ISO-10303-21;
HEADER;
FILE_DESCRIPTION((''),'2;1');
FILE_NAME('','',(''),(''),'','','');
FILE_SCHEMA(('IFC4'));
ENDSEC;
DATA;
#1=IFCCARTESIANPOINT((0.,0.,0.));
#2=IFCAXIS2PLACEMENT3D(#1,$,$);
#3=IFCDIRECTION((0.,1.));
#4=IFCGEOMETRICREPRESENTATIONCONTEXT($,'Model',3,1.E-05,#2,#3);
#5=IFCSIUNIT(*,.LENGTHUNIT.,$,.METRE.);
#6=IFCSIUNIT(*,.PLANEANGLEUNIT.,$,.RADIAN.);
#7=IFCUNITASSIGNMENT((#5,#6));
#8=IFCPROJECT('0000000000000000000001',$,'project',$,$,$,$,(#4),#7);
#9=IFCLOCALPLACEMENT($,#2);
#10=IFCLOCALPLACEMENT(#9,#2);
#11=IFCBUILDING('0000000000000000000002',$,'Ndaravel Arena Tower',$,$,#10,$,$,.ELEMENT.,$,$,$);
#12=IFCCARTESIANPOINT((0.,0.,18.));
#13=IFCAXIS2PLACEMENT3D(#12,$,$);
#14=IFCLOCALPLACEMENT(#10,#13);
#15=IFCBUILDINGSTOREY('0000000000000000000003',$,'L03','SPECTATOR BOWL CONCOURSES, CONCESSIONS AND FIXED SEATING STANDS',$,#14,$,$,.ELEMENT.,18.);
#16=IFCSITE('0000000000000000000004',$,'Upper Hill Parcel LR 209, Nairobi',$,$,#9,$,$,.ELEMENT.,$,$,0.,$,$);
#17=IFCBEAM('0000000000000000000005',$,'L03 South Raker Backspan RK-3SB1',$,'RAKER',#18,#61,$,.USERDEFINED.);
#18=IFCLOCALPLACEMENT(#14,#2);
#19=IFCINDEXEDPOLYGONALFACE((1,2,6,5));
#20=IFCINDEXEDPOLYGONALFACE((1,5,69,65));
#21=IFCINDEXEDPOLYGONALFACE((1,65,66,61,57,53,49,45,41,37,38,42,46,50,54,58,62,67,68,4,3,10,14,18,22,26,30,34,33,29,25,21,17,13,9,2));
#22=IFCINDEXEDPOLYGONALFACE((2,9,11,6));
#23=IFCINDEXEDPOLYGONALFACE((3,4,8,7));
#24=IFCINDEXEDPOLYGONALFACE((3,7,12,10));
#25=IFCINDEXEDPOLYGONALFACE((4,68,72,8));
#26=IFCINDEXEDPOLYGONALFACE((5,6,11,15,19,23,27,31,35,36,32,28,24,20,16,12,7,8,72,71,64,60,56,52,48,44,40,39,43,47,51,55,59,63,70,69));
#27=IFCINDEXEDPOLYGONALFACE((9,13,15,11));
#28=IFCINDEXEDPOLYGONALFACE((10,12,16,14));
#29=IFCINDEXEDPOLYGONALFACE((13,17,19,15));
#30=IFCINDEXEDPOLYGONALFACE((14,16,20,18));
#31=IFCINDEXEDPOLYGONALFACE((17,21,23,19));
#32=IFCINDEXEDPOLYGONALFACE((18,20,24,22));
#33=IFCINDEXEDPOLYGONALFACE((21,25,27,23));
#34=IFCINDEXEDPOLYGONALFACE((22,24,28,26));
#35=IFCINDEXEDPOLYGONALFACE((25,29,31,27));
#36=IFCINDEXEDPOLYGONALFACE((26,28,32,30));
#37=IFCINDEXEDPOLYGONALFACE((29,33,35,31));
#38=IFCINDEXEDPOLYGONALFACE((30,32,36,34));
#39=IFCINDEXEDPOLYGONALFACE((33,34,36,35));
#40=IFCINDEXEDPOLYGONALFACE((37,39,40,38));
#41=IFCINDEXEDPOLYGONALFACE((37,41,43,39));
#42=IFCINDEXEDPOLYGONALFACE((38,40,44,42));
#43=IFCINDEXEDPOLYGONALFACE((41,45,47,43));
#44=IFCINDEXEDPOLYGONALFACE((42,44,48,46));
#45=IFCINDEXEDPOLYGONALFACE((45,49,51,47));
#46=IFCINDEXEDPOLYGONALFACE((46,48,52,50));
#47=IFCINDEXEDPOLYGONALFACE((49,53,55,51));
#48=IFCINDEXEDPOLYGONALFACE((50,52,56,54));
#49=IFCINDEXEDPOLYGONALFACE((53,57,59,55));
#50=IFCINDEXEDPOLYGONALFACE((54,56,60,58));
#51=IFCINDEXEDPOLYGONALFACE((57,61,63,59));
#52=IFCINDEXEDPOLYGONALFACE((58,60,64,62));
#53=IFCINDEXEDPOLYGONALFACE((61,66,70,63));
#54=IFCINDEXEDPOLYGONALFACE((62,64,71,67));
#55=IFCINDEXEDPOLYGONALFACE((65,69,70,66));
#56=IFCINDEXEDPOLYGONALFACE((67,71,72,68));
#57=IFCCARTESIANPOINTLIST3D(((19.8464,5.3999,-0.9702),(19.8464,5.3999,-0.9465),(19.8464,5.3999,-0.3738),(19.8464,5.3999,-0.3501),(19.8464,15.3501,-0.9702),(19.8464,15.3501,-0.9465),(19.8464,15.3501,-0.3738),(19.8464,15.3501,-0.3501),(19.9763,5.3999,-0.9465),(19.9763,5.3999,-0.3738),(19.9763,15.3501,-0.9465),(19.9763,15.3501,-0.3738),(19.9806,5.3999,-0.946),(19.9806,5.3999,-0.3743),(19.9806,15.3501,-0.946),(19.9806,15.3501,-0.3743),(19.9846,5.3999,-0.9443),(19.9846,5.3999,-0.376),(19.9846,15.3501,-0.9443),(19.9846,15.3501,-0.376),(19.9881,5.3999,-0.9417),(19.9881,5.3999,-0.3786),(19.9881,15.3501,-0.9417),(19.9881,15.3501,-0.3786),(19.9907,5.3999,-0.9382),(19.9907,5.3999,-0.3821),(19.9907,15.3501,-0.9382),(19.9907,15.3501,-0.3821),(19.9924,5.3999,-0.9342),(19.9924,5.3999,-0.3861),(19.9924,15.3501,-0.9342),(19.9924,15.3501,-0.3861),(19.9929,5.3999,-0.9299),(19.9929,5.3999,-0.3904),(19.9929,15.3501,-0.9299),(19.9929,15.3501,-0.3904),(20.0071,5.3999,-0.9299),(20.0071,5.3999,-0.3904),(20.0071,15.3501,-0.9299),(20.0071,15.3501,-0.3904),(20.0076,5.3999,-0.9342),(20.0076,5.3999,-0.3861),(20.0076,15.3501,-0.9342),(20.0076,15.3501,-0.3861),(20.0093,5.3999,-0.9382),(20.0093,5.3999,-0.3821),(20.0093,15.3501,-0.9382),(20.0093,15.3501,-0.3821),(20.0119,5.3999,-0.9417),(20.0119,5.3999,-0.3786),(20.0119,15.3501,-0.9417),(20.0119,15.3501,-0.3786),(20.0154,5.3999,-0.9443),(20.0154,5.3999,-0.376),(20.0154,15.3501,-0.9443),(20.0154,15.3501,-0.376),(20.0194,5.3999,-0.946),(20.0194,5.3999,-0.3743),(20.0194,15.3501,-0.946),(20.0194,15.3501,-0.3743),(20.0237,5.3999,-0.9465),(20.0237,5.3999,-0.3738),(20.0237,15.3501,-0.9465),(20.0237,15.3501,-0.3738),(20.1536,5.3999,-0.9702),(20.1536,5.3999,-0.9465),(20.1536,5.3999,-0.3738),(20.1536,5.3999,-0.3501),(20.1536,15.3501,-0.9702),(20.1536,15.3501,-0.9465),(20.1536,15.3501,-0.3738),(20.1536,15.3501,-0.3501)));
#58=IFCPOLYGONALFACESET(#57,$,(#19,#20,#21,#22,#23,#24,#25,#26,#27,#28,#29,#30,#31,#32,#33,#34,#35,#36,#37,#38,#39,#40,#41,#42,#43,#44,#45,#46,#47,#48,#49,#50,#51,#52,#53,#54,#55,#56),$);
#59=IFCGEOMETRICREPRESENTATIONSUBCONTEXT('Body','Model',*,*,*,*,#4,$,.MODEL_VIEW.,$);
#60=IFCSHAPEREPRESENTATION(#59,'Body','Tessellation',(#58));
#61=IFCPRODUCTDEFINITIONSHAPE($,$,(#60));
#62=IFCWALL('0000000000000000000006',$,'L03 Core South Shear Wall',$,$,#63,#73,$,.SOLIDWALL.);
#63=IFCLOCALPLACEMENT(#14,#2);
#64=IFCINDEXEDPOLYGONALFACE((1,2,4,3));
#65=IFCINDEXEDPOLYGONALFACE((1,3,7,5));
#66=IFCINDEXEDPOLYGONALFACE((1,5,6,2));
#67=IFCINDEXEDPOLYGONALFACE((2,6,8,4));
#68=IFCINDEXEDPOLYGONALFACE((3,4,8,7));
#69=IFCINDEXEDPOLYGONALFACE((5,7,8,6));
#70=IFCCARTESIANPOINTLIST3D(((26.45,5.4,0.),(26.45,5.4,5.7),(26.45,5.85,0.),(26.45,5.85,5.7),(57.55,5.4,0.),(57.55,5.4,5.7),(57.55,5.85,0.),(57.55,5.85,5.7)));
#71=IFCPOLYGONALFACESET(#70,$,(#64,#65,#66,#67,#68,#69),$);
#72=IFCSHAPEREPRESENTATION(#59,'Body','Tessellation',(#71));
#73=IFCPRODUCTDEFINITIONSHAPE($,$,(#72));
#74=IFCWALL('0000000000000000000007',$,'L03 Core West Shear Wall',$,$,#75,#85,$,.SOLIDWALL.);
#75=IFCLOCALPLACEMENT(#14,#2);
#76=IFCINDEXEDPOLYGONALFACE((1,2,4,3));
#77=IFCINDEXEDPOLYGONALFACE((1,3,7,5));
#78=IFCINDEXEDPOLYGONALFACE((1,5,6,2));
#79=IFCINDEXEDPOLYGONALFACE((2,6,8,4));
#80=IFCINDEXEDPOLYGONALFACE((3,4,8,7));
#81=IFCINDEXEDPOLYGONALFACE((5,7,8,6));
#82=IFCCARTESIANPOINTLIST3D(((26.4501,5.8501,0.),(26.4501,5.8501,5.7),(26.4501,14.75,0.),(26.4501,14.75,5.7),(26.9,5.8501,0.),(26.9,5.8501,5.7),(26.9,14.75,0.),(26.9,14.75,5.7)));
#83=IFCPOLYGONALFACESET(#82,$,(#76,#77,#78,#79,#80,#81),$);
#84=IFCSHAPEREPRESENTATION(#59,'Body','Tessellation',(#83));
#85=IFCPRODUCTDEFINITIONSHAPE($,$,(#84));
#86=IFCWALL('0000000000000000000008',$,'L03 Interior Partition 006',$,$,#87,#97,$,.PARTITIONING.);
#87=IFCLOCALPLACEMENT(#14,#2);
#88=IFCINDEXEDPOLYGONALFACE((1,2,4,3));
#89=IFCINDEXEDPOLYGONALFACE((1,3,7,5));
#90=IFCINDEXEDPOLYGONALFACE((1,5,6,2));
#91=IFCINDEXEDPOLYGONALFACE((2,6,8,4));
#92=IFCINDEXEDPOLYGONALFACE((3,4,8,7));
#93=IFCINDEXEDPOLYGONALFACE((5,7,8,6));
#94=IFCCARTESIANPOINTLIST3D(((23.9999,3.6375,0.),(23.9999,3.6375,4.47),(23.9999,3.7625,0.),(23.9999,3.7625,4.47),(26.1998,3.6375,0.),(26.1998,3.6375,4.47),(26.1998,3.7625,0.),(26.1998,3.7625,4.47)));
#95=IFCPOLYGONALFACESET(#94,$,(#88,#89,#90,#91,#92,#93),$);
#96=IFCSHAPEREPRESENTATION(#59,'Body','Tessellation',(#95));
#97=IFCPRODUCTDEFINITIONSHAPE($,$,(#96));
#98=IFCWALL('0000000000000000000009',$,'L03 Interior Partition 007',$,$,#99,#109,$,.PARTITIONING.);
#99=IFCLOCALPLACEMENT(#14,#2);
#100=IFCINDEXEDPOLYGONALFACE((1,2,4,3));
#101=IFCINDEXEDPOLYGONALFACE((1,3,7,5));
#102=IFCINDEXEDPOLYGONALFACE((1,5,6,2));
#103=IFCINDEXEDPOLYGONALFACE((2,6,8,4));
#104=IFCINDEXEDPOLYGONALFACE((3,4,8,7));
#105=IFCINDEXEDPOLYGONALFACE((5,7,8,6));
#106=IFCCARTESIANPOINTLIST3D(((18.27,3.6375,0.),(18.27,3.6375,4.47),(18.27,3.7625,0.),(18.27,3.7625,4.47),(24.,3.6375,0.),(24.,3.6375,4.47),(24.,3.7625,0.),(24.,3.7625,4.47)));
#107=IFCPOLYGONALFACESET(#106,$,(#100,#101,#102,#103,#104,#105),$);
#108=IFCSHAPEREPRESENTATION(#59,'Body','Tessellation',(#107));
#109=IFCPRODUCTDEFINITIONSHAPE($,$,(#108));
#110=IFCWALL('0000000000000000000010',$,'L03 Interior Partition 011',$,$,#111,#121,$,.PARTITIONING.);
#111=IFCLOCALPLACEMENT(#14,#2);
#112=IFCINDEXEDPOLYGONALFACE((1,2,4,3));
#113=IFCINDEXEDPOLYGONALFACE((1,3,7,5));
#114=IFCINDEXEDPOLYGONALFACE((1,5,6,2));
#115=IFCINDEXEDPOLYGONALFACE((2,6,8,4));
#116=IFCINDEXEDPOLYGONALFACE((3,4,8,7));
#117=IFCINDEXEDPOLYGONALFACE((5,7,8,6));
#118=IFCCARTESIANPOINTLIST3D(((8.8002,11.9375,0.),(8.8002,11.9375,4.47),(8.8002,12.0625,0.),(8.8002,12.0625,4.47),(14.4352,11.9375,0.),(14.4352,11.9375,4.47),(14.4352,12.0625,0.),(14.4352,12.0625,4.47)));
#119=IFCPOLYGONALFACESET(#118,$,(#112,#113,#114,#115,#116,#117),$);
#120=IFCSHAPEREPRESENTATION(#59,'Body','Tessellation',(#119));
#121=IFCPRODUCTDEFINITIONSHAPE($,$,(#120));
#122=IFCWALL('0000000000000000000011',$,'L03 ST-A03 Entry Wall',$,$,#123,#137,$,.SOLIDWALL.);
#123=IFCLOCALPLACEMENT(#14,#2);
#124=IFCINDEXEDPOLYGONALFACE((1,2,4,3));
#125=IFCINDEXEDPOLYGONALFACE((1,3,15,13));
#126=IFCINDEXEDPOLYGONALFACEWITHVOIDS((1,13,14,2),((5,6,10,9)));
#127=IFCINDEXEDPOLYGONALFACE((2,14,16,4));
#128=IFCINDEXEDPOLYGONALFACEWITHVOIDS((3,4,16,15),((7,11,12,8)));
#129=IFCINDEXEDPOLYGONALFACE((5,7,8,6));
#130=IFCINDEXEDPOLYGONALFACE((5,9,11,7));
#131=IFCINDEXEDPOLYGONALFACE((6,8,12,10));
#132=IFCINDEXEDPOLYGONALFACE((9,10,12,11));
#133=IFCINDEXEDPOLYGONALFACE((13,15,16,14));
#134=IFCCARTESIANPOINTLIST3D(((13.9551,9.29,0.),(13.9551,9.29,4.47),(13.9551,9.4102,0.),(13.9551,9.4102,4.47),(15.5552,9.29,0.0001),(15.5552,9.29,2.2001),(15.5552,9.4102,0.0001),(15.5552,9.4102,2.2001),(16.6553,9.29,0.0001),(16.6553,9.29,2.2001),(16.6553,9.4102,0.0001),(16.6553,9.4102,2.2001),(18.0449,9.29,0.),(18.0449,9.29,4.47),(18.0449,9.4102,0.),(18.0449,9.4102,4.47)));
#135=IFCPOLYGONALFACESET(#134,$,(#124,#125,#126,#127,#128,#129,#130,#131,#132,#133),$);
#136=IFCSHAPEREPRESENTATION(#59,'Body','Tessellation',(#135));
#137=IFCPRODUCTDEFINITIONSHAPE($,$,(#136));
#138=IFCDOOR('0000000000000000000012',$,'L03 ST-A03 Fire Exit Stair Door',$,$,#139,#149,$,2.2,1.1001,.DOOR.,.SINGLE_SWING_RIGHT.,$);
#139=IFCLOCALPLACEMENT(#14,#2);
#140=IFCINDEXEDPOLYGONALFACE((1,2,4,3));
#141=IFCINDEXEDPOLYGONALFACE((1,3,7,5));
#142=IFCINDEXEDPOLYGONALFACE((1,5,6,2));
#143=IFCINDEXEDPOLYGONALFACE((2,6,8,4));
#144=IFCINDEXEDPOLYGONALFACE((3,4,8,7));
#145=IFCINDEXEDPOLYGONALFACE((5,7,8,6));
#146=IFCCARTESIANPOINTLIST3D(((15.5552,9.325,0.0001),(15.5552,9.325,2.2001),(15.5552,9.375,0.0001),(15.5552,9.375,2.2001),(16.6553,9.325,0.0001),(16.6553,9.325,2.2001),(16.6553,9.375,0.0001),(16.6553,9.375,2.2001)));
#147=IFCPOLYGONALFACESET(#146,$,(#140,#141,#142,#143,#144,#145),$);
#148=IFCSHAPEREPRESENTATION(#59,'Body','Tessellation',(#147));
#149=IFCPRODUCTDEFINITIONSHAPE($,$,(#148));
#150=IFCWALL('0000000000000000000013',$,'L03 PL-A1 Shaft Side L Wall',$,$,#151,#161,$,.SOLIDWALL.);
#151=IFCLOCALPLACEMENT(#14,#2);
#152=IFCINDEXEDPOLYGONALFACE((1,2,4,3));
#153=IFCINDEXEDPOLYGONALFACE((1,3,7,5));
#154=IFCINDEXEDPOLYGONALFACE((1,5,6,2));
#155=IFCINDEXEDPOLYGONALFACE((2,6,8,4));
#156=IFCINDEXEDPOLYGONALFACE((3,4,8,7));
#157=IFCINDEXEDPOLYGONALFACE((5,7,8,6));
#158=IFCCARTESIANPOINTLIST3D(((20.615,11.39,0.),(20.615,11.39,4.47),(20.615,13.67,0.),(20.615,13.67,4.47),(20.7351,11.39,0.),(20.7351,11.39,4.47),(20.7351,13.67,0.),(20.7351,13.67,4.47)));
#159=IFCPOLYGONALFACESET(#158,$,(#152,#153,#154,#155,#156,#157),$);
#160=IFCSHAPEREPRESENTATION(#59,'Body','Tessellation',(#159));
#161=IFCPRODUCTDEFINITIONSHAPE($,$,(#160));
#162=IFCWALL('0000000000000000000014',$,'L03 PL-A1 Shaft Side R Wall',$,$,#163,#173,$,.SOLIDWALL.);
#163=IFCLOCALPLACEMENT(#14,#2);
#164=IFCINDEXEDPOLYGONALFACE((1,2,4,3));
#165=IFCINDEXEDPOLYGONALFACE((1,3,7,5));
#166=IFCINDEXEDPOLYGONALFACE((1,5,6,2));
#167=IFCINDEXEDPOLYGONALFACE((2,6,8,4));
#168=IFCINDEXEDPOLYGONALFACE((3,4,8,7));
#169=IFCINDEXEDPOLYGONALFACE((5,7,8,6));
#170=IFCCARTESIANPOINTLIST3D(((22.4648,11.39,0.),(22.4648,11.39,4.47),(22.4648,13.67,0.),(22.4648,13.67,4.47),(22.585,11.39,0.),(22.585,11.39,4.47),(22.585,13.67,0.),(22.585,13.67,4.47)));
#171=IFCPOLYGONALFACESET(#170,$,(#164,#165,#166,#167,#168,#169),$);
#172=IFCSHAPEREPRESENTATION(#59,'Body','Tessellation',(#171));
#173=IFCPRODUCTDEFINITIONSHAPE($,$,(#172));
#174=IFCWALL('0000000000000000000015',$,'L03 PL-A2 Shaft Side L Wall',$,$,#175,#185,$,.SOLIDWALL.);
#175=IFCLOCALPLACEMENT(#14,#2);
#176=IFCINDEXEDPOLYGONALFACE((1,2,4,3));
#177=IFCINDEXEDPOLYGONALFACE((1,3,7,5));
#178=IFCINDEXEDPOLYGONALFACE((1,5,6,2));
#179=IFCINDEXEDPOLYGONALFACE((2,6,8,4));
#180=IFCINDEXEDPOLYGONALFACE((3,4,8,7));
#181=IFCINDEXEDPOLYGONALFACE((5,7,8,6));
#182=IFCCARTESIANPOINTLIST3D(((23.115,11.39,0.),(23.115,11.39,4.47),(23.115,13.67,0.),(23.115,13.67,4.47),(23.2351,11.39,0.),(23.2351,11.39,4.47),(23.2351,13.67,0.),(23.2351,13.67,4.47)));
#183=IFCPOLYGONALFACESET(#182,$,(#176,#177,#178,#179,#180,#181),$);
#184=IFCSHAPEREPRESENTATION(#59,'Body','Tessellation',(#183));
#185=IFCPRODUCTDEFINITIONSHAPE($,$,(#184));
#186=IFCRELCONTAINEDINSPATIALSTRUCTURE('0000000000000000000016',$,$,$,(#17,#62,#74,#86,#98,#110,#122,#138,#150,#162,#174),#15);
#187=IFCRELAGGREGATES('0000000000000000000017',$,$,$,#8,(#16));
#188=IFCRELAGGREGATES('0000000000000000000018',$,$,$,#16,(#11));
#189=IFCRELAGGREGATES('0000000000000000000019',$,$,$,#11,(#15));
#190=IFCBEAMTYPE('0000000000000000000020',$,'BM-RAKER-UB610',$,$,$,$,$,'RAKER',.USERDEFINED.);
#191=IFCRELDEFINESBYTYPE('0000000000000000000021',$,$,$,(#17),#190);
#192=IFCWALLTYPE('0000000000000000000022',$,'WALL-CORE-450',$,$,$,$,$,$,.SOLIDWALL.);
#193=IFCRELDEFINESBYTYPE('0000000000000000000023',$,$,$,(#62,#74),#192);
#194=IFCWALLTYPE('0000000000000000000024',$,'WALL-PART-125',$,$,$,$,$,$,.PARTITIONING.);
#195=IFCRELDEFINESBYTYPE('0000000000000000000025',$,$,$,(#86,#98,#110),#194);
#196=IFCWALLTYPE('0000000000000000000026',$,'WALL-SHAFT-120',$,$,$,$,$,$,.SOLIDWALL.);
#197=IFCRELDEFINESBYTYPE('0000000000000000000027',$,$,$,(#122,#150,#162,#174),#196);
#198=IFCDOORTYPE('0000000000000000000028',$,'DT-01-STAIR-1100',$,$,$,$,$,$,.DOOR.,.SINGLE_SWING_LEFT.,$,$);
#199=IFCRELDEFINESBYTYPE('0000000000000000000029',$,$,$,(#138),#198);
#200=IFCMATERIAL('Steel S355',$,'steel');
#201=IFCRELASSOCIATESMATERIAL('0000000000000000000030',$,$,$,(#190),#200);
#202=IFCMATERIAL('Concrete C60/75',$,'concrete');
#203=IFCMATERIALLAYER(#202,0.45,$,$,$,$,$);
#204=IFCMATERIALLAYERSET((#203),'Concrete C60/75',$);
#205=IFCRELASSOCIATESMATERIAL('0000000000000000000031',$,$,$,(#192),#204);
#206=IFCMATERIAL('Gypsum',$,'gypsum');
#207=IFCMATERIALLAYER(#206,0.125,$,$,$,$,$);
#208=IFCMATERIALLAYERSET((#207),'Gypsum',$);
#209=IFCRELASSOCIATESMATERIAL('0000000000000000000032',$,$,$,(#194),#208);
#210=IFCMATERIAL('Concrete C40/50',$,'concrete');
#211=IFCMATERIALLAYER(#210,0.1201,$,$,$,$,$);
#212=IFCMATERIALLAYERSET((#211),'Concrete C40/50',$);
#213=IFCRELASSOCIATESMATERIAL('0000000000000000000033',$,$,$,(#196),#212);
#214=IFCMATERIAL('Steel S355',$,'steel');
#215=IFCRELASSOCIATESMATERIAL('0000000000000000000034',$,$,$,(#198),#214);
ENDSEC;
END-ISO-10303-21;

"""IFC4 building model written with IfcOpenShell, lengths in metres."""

from ifc_helpers import new_model, si_unit, direction, frame, frame_2d, origin, origin_2d, place, context, subcontext, project, spatial, rectangle, i_section, extrude, material, layer, layer_set, material_profile, profile_set, type_object, element, fill, save


model = new_model("IFC4")

# Units and contexts
model_context = context("Model", 3, precision=1e-05, world=origin(), true_north=direction((0.0, 1.0)))
body_context = subcontext(model_context, "Body", "Model", "MODEL_VIEW")
ifc_project = project(units=[si_unit("LENGTHUNIT", "METRE"), si_unit("PLANEANGLEUNIT", "RADIAN")], contexts=[model_context])

# Site, building, storey
site_placement = place(None, origin())
site = spatial("IfcSite", under=ifc_project, at=site_placement, Name="Upper Hill Parcel LR 209, Nairobi", CompositionType="ELEMENT", RefElevation=0.0)
building_placement = place(site_placement, origin())
building = spatial("IfcBuilding", under=site, at=building_placement, Name="Ndaravel Arena Tower", CompositionType="ELEMENT")
storey_placement = place(building_placement, frame((0.0, 0.0, 18.0)))
storey = spatial("IfcBuildingStorey", under=building, at=storey_placement, Name="L03", Description="SPECTATOR BOWL CONCOURSES, CONCESSIONS AND FIXED SEATING STANDS", CompositionType="ELEMENT", Elevation=18.0)

# Beam
ifc_material_1 = material(Name="Steel S355", Category="steel")
ifc_material_profile = material_profile(ifc_material_1, i_section(OverallWidth=0.3071, OverallDepth=0.6201, WebThickness=0.0142, FlangeThickness=0.0237, FilletRadius=0.0166, at=origin_2d()), Name="UB 610x305x179")
ifc_profile_set = profile_set([ifc_material_profile], Name="Steel S355")
beam_type = type_object("IfcBeamType", Name="BM-RAKER-UB610", ElementType="RAKER", PredefinedType="USERDEFINED", material=ifc_profile_set)
beam_placement = place(storey_placement, frame((20.0, 5.3999, -0.6602), z_axis=(0.0, 1.0, 0.0), x_axis=(-1.0, 0.0, 0.0)))
element("IfcBeam", 1, at=beam_placement, inside=storey, type_object=beam_type, Name="L03 South Raker Backspan RK-3SB1", ObjectType="RAKER", PredefinedType="USERDEFINED", context=body_context, shape_type="SweptSolid", body=[
    extrude(i_section(OverallWidth=0.3071, OverallDepth=0.6201, WebThickness=0.0142, FlangeThickness=0.0237, FilletRadius=0.0166, at=origin_2d()), origin(), (0.0, 0.0, 1.0), 9.9502),
])

# Walls
ifc_material_2 = material(Name="Concrete C60/75", Category="concrete")
ifc_layer_1 = layer(ifc_material_2, 0.45)
ifc_layer_set_1 = layer_set([ifc_layer_1], Name="Concrete C60/75")
wall_type_1 = type_object("IfcWallType", Name="WALL-CORE-450", PredefinedType="SOLIDWALL", material=ifc_layer_set_1)
wall_1_placement = place(storey_placement, frame((26.45, 5.625, 0.0), z_axis=(0.0, 0.0, 1.0), x_axis=(1.0, 0.0, 0.0)))
element("IfcWall", 2, at=wall_1_placement, inside=storey, type_object=wall_type_1, Name="L03 Core South Shear Wall", PredefinedType="SOLIDWALL", context=body_context, shape_type="SweptSolid", body=[
    extrude(rectangle(XDim=31.1001, YDim=0.45, at=frame_2d((15.55, 0.0))), origin(), (0.0, 0.0, 1.0), 5.7),
])
wall_2_placement = place(storey_placement, frame((26.675, 5.8501, 0.0), z_axis=(0.0, 0.0, 1.0), x_axis=(0.0, 1.0, 0.0)))
element("IfcWall", 3, at=wall_2_placement, inside=storey, type_object=wall_type_1, Name="L03 Core West Shear Wall", PredefinedType="SOLIDWALL", context=body_context, shape_type="SweptSolid", body=[
    extrude(rectangle(XDim=8.8999, YDim=0.45, at=frame_2d((4.45, 0.0))), origin(), (0.0, 0.0, 1.0), 5.7),
])
ifc_material_3 = material(Name="Gypsum", Category="gypsum")
ifc_layer_2 = layer(ifc_material_3, 0.125)
ifc_layer_set_2 = layer_set([ifc_layer_2], Name="Gypsum")
wall_type_2 = type_object("IfcWallType", Name="WALL-PART-125", PredefinedType="PARTITIONING", material=ifc_layer_set_2)
wall_3_placement = place(storey_placement, frame((26.2, 3.7, 0.0), z_axis=(0.0, 0.0, 1.0), x_axis=(-1.0, 0.0, 0.0)))
element("IfcWall", 4, at=wall_3_placement, inside=storey, type_object=wall_type_2, Name="L03 Interior Partition 006", PredefinedType="PARTITIONING", context=body_context, shape_type="SweptSolid", body=[
    extrude(rectangle(XDim=2.2, YDim=0.125, at=frame_2d((1.1001, 0.0))), origin(), (0.0, 0.0, 1.0), 4.47),
])
wall_4_placement = place(storey_placement, frame((24.0, 3.7, 0.0), z_axis=(0.0, 0.0, 1.0), x_axis=(-1.0, 0.0, 0.0)))
element("IfcWall", 5, at=wall_4_placement, inside=storey, type_object=wall_type_2, Name="L03 Interior Partition 007", PredefinedType="PARTITIONING", context=body_context, shape_type="SweptSolid", body=[
    extrude(rectangle(XDim=5.73, YDim=0.125, at=frame_2d((2.865, 0.0))), origin(), (0.0, 0.0, 1.0), 4.47),
])
wall_5_placement = place(storey_placement, frame((14.4351, 12.0, 0.0), z_axis=(0.0, 0.0, 1.0), x_axis=(-1.0, 0.0, 0.0)))
element("IfcWall", 6, at=wall_5_placement, inside=storey, type_object=wall_type_2, Name="L03 Interior Partition 011", PredefinedType="PARTITIONING", context=body_context, shape_type="SweptSolid", body=[
    extrude(rectangle(XDim=5.635, YDim=0.125, at=frame_2d((2.8174, 0.0))), origin(), (0.0, 0.0, 1.0), 4.47),
])

# Wall, opening, door
ifc_material_4 = material(Name="Concrete C40/50", Category="concrete")
ifc_layer_3 = layer(ifc_material_4, 0.1201)
ifc_layer_set_3 = layer_set([ifc_layer_3], Name="Concrete C40/50")
wall_type_3 = type_object("IfcWallType", Name="WALL-SHAFT-120", PredefinedType="SOLIDWALL", material=ifc_layer_set_3)
wall_6_placement = place(storey_placement, frame((13.9551, 9.3501, 0.0), z_axis=(0.0, 0.0, 1.0), x_axis=(1.0, 0.0, 0.0)))
wall_6 = element("IfcWall", 7, at=wall_6_placement, inside=storey, type_object=wall_type_3, Name="L03 ST-A03 Entry Wall", PredefinedType="SOLIDWALL", context=body_context, shape_type="SweptSolid", body=[
    extrude(rectangle(XDim=4.0898, YDim=0.1201, at=frame_2d((2.0449, 0.0))), origin(), (0.0, 0.0, 1.0), 4.47),
])
opening_1_placement = place(wall_6_placement, frame((1.6001, 0.0, 0.0)))
opening_1 = element("IfcOpeningElement", 8, at=opening_1_placement, cuts=wall_6, PredefinedType="OPENING", context=body_context, shape_type="SweptSolid", body=[
    extrude(rectangle(XDim=1.1001, YDim=2.2, at=frame_2d((0.55, 1.1001))), frame((0.0, 0.0601, 0.0), z_axis=(0.0, -1.0, 0.0), x_axis=(1.0, 0.0, 0.0)), (0.0, 0.0, 1.0), 0.1201),
])
ifc_material_5 = material(Name="Steel S355", Category="steel")
door_type_1 = type_object("IfcDoorType", Name="DT-01-STAIR-1100", OperationType="SINGLE_SWING_LEFT", PredefinedType="DOOR", material=ifc_material_5)
door_1_placement = place(opening_1_placement, origin())
door_1 = element("IfcDoor", 9, at=door_1_placement, inside=storey, type_object=door_type_1, Name="L03 ST-A03 Fire Exit Stair Door", OperationType="SINGLE_SWING_RIGHT", OverallHeight=2.2, OverallWidth=1.1001, PredefinedType="DOOR", context=body_context, shape_type="SweptSolid", body=[
    extrude(rectangle(XDim=1.1001, YDim=2.2, at=frame_2d((0.55, 1.1001))), frame((0.0, 0.0249, 0.0), z_axis=(0.0, -1.0, 0.0), x_axis=(1.0, 0.0, 0.0)), (0.0, 0.0, 1.0), 0.05),
])
fill(opening_1, door_1)

# Walls
for number, where, z_axis, x_axis, name in (
    (10, (20.675, 11.3899, 0.0), (0.0, 0.0, 1.0), (0.0, 1.0, 0.0), "L03 PL-A1 Shaft Side L Wall"),
    (11, (22.5249, 11.3899, 0.0), (0.0, 0.0, 1.0), (0.0, 1.0, 0.0), "L03 PL-A1 Shaft Side R Wall"),
    (12, (23.175, 11.3899, 0.0), (0.0, 0.0, 1.0), (0.0, 1.0, 0.0), "L03 PL-A2 Shaft Side L Wall"),
):
    element("IfcWall", number, at=place(storey_placement, frame(where, z_axis=z_axis, x_axis=x_axis)), inside=storey, type_object=wall_type_3, Name=name, PredefinedType="SOLIDWALL", context=body_context, shape_type="SweptSolid", body=[
        extrude(rectangle(XDim=2.28, YDim=0.1201, at=frame_2d((1.1401, 0.0))), origin(), (0.0, 0.0, 1.0), 4.47),
    ])

save(model, "model.ifc")
